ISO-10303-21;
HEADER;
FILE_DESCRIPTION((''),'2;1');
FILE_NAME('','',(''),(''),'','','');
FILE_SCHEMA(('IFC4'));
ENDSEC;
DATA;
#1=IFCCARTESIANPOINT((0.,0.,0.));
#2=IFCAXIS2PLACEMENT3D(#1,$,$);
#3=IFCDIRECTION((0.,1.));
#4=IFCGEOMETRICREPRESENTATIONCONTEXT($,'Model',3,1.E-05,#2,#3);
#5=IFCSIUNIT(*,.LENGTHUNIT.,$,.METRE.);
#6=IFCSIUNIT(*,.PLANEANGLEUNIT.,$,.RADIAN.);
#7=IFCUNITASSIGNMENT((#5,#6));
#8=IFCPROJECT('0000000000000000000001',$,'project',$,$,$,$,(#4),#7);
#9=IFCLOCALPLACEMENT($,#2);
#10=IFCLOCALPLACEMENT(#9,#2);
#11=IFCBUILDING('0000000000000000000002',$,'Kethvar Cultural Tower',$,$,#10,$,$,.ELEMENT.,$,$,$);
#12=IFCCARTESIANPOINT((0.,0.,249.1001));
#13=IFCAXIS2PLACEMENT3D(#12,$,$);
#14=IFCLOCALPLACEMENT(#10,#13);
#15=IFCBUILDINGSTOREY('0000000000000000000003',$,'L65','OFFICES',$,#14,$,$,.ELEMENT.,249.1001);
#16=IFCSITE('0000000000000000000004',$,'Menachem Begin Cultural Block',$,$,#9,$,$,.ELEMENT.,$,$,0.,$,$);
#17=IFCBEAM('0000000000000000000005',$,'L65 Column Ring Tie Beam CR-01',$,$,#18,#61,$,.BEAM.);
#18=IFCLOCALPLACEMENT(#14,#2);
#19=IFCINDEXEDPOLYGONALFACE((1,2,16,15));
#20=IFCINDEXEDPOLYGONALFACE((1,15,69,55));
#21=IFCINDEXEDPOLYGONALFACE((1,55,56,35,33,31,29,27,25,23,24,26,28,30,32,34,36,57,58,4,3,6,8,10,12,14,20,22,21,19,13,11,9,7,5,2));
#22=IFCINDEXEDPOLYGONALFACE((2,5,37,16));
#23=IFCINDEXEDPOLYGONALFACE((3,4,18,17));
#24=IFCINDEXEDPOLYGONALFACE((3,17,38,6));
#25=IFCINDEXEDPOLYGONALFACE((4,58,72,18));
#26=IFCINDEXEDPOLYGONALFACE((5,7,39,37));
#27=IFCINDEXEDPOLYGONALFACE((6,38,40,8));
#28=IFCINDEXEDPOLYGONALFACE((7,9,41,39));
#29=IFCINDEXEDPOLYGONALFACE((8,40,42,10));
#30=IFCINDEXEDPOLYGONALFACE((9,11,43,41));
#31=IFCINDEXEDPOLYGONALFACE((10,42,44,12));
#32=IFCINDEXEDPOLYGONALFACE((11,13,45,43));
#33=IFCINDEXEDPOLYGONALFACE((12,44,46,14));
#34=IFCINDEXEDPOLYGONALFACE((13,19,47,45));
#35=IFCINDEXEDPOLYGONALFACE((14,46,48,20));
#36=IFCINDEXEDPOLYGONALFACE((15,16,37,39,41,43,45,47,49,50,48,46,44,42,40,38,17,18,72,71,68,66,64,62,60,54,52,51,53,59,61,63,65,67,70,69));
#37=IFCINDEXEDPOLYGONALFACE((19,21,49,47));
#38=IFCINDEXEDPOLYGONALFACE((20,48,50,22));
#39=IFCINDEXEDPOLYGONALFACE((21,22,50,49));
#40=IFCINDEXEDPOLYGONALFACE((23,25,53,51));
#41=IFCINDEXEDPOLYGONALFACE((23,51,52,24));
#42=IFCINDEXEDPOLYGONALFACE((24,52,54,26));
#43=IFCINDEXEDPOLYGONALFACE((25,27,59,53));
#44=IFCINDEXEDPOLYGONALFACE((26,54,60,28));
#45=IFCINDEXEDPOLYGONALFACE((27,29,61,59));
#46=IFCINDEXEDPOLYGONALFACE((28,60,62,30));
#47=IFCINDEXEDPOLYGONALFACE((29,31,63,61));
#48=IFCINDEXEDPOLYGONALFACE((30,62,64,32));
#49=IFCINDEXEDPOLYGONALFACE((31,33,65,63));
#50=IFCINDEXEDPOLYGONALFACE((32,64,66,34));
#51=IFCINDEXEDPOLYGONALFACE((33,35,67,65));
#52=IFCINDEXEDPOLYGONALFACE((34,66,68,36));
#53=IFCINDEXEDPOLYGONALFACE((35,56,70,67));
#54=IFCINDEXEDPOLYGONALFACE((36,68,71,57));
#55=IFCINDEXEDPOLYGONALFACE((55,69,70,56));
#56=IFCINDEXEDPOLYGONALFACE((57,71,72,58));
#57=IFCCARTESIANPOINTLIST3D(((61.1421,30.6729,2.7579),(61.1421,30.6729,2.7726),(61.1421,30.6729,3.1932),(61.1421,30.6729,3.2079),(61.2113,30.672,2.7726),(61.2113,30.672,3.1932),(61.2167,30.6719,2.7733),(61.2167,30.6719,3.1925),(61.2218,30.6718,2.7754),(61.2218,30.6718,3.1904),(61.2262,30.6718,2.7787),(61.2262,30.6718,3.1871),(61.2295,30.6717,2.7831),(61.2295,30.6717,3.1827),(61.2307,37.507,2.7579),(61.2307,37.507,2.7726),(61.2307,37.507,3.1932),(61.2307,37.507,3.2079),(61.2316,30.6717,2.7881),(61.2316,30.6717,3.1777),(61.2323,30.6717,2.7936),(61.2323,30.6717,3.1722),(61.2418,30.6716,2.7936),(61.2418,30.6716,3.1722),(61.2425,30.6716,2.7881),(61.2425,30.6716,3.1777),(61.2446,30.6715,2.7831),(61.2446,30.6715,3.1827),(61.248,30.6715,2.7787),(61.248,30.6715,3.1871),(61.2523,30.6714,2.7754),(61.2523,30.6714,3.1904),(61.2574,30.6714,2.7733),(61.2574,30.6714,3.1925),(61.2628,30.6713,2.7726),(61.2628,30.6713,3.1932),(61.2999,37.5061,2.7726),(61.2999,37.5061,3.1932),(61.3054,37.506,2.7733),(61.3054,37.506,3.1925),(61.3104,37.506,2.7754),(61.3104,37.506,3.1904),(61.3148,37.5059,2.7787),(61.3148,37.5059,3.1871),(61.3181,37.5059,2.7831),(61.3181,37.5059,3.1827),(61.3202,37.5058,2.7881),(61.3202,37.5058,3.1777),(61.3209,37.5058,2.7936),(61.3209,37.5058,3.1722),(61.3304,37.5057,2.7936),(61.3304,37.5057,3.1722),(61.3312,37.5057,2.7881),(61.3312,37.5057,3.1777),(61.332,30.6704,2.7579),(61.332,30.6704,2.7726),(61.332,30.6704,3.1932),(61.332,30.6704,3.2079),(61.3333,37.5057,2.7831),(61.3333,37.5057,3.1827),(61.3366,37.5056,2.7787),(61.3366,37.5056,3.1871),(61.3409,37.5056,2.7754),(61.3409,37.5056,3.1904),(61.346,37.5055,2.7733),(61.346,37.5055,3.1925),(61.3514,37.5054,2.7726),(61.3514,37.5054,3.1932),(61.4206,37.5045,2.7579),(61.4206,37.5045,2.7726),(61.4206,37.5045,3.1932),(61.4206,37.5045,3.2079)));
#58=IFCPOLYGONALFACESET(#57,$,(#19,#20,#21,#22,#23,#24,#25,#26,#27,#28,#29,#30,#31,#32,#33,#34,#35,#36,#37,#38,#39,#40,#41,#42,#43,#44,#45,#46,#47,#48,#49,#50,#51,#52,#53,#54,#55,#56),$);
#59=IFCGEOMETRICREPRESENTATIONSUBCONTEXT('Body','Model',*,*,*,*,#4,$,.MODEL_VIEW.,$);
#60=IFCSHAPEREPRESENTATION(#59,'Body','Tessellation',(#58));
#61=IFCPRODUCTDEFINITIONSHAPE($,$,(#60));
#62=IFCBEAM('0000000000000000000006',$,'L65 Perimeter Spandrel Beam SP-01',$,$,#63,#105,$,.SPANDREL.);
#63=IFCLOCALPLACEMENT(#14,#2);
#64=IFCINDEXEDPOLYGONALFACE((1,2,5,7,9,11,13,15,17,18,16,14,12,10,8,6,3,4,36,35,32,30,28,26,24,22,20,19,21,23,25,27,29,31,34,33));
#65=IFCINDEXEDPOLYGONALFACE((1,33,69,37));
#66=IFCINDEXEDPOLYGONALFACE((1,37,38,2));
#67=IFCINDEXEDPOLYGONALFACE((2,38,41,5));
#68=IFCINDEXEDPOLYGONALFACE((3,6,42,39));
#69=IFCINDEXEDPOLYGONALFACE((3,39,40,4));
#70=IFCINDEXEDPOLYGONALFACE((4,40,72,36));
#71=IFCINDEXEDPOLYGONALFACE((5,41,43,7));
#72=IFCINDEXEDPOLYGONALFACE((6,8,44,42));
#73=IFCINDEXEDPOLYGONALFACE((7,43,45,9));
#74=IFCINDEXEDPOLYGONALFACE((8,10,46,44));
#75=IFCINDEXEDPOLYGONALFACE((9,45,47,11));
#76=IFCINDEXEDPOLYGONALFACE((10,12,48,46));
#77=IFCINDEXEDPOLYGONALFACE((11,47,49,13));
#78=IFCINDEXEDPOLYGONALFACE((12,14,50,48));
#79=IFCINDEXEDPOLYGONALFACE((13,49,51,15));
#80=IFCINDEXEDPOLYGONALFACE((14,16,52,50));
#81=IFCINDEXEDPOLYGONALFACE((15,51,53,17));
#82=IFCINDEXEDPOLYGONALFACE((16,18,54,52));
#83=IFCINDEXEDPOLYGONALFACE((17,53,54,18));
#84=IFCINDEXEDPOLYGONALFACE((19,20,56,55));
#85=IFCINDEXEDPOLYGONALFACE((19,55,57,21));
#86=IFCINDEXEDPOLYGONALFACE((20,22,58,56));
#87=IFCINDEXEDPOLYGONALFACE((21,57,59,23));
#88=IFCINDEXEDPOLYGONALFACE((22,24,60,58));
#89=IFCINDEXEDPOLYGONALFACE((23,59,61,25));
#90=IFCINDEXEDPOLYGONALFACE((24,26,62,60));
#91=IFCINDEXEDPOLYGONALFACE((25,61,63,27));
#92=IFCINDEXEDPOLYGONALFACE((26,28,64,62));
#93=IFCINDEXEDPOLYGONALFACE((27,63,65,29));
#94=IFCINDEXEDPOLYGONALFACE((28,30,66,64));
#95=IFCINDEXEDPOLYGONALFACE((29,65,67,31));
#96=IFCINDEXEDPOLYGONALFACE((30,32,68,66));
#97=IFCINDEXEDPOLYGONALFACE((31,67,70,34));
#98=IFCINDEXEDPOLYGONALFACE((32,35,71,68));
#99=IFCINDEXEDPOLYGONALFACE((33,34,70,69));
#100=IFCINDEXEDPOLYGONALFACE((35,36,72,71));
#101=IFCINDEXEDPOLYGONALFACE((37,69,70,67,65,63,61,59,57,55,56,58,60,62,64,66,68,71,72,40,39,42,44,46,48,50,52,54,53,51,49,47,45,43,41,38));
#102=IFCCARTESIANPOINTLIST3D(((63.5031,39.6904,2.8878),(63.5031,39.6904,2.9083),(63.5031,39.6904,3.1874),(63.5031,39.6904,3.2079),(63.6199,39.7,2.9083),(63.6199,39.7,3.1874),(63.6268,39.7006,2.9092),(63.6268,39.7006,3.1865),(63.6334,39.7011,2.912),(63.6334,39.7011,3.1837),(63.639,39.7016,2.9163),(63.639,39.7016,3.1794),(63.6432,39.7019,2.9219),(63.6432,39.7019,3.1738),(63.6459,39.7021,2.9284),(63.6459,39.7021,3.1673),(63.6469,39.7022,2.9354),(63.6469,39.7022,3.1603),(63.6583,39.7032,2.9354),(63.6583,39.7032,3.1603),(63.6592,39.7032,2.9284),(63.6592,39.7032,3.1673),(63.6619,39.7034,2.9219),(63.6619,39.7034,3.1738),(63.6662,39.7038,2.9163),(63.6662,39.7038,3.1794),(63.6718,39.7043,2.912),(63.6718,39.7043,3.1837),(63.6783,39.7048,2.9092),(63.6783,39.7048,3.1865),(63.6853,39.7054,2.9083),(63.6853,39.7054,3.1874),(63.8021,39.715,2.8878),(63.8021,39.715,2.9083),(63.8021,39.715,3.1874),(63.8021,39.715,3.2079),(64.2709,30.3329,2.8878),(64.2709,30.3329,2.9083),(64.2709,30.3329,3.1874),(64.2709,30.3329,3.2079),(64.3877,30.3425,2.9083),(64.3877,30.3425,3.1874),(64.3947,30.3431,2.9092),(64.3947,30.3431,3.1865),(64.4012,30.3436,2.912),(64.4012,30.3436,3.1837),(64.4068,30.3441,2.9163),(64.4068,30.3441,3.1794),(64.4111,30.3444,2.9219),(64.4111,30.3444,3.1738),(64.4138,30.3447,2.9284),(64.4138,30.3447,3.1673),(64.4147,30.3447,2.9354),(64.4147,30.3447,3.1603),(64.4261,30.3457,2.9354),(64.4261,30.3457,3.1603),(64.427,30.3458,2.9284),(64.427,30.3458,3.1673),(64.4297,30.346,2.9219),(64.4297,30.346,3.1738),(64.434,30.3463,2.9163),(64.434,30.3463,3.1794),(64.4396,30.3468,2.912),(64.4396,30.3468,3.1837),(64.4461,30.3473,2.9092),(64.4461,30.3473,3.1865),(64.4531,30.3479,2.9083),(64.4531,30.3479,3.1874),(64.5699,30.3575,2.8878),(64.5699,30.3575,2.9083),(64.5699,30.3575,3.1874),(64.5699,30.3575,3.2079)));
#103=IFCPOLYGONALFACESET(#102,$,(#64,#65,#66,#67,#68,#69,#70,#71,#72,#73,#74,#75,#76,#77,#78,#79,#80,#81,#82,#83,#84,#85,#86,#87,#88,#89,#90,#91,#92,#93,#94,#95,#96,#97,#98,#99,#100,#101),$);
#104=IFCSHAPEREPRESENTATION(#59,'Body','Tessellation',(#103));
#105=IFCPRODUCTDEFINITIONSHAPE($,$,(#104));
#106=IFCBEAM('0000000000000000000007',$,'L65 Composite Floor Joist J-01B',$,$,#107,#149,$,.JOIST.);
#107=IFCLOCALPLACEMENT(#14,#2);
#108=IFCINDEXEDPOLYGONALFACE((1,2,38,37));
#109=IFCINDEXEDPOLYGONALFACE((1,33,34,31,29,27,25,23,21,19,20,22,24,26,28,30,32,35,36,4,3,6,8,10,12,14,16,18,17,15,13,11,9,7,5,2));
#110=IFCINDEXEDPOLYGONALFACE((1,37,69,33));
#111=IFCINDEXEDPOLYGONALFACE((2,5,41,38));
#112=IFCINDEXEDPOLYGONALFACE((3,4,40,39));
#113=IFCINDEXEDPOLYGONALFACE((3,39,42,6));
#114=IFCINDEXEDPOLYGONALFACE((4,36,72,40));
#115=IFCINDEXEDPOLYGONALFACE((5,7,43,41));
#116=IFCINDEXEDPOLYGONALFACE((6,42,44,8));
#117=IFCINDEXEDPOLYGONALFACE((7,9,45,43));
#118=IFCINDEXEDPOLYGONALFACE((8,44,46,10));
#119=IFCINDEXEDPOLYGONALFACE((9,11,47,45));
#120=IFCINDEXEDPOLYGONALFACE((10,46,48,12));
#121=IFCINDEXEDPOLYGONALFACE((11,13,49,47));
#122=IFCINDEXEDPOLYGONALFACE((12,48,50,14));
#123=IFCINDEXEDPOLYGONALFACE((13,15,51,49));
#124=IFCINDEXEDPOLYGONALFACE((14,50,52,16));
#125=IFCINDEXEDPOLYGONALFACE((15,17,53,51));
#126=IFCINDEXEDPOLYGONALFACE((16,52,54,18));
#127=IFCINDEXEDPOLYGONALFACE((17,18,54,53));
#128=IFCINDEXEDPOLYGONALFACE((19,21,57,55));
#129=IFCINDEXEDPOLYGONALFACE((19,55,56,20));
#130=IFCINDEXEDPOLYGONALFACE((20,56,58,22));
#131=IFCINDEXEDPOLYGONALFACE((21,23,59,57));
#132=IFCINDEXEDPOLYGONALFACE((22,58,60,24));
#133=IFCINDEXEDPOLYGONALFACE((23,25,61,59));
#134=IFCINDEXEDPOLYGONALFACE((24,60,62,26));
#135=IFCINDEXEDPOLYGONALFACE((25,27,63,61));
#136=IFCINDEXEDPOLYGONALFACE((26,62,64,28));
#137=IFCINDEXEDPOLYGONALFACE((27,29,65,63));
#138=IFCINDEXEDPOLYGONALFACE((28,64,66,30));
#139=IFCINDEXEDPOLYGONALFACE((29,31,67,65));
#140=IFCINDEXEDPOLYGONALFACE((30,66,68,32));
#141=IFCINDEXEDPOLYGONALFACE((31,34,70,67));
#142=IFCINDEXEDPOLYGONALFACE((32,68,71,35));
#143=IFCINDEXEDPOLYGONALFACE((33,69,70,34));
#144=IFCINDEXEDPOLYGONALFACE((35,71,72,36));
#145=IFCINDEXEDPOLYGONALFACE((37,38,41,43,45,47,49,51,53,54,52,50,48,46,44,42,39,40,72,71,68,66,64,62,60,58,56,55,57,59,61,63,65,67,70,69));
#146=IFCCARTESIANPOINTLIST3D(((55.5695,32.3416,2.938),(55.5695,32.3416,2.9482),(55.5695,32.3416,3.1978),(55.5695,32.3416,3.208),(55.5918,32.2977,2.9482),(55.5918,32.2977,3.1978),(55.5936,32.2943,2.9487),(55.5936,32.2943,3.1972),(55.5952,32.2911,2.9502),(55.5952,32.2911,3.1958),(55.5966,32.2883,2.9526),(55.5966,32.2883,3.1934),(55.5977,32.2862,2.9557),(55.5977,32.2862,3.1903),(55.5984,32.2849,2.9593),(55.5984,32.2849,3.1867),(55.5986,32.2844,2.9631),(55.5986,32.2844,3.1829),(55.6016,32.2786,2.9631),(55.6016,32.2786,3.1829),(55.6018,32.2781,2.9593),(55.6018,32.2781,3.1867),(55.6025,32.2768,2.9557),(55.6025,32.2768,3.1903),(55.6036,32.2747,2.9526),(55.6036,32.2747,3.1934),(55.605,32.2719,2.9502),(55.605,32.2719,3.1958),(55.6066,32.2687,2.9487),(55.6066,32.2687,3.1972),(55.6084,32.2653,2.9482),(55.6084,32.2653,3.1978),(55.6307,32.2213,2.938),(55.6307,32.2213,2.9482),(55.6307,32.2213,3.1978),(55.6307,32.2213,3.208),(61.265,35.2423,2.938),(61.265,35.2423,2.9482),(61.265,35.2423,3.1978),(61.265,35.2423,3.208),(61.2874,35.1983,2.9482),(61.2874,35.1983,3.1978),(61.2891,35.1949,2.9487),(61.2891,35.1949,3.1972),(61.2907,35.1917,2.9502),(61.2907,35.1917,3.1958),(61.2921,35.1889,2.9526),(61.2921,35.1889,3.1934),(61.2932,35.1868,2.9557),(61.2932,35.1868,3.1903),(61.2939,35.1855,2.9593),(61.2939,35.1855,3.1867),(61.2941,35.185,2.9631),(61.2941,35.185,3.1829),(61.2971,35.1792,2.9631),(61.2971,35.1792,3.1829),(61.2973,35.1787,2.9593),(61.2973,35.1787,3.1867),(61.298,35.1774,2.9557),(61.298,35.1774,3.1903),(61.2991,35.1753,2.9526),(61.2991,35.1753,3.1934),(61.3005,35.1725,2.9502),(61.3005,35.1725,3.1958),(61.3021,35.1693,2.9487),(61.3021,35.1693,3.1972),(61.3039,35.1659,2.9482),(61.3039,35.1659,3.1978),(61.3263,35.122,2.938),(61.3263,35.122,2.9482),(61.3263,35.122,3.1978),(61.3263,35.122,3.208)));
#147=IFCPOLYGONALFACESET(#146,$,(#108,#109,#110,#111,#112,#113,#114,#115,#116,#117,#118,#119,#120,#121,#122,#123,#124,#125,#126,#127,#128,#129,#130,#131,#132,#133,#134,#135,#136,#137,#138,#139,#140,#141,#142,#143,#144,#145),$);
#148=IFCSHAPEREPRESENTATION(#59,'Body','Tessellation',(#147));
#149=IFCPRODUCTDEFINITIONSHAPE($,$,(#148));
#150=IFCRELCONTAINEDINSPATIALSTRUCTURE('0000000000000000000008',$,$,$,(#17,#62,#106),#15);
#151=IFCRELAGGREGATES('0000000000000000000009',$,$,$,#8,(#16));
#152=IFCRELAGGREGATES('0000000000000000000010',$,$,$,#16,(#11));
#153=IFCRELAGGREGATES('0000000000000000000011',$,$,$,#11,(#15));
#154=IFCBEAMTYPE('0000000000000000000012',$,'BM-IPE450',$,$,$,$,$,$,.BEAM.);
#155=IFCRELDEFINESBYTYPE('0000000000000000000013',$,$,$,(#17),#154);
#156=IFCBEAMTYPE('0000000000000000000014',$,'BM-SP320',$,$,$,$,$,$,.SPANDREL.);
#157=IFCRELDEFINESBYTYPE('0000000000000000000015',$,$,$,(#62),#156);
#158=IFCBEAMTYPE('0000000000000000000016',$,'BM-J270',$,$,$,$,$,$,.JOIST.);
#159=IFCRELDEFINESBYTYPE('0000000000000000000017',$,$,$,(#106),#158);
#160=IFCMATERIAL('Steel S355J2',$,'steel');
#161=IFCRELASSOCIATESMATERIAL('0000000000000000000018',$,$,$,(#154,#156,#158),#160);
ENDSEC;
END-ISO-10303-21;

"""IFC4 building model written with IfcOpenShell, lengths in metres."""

from ifc_helpers import new_model, si_unit, direction, frame, origin, origin_2d, place, context, subcontext, project, spatial, i_section, extrude, source, transform, mapped, material, material_profile, profile_set, type_object, element, save


model = new_model("IFC4")

# Units and contexts
model_context = context("Model", 3, precision=1e-05, world=origin(), true_north=direction((0.0, 1.0)))
body_context = subcontext(model_context, "Body", "Model", "MODEL_VIEW")
ifc_project = project(units=[si_unit("LENGTHUNIT", "METRE"), si_unit("PLANEANGLEUNIT", "RADIAN")], contexts=[model_context])

# Site, building, storey
site_placement = place(None, origin())
site = spatial("IfcSite", under=ifc_project, at=site_placement, Name="Menachem Begin Cultural Block", CompositionType="ELEMENT", RefElevation=0.0)
building_placement = place(site_placement, origin())
building = spatial("IfcBuilding", under=site, at=building_placement, Name="Kethvar Cultural Tower", CompositionType="ELEMENT")
storey_placement = place(building_placement, frame((0.0, 0.0, 249.1001)))
storey = spatial("IfcBuildingStorey", under=building, at=storey_placement, Name="L65", Description="OFFICES", CompositionType="ELEMENT", Elevation=249.1001)

# Beams
ifc_material_1 = material(Name="Steel S355J2", Category="steel")
ifc_material_profile_1 = material_profile(ifc_material_1, i_section(OverallWidth=0.1899, OverallDepth=0.45, WebThickness=0.0095, FlangeThickness=0.0146, FilletRadius=0.021, at=origin_2d()), Name="Steel S355J2 — IPE450")
ifc_profile_set_1 = profile_set([ifc_material_profile_1], Name="Steel S355J2 — IPE450")
beam_type_1 = type_object("IfcBeamType", Name="BM-IPE450", PredefinedType="BEAM", material=ifc_profile_set_1)
shared_shape_1 = source(origin(), body_context, "Body", "SweptSolid", [
    extrude(i_section(OverallWidth=0.1899, OverallDepth=0.45, WebThickness=0.0095, FlangeThickness=0.0146, FilletRadius=0.021, at=origin_2d()), origin(), (0.0, 0.0, 1.0), 6.8347),
])
beam_1_placement = place(storey_placement, frame((61.2371, 30.6716, 2.9829), z_axis=(0.012966, 0.999916, 0.0), x_axis=(-0.999916, 0.012966, 0.0)))
element("IfcBeam", 1, at=beam_1_placement, inside=storey, type_object=beam_type_1, Name="L65 Column Ring Tie Beam CR-01", PredefinedType="BEAM", context=body_context, shape_type="MappedRepresentation", body=[
    mapped(shared_shape_1, transform((0.0, 0.0, 0.0), scale=1.0)),
])
ifc_material_profile_2 = material_profile(ifc_material_1, i_section(OverallWidth=0.3, OverallDepth=0.3201, WebThickness=0.0115, FlangeThickness=0.0205, FilletRadius=0.0271, at=origin_2d()), Name="Steel S355J2 — HEB320")
ifc_profile_set_2 = profile_set([ifc_material_profile_2], Name="Steel S355J2 — HEB320")
beam_type_2 = type_object("IfcBeamType", Name="BM-SP320", PredefinedType="SPANDREL", material=ifc_profile_set_2)
shared_shape_2 = source(origin(), body_context, "Body", "SweptSolid", [
    extrude(i_section(OverallWidth=0.3, OverallDepth=0.3201, WebThickness=0.0115, FlangeThickness=0.0205, FilletRadius=0.0271, at=origin_2d()), origin(), (0.0, 0.0, 1.0), 9.3889),
])
beam_2_placement = place(storey_placement, frame((64.4204, 30.3452, 3.0479), z_axis=(-0.08178, 0.99665, 0.0), x_axis=(-0.99665, -0.08178, 0.0)))
element("IfcBeam", 2, at=beam_2_placement, inside=storey, type_object=beam_type_2, Name="L65 Perimeter Spandrel Beam SP-01", PredefinedType="SPANDREL", context=body_context, shape_type="MappedRepresentation", body=[
    mapped(shared_shape_2, transform((0.0, 0.0, 0.0), scale=1.0)),
])
ifc_material_profile_3 = material_profile(ifc_material_1, i_section(OverallWidth=0.135, OverallDepth=0.27, WebThickness=0.0066, FlangeThickness=0.0103, FilletRadius=0.0149, at=origin_2d()), Name="Steel S355J2 — IPE270")
ifc_profile_set_3 = profile_set([ifc_material_profile_3], Name="Steel S355J2 — IPE270")
beam_type_3 = type_object("IfcBeamType", Name="BM-J270", PredefinedType="JOIST", material=ifc_profile_set_3)
shared_shape_3 = source(origin(), body_context, "Body", "SweptSolid", [
    extrude(i_section(OverallWidth=0.135, OverallDepth=0.27, WebThickness=0.0066, FlangeThickness=0.0103, FilletRadius=0.0149, at=origin_2d()), origin(), (0.0, 0.0, 1.0), 6.3916),
])
beam_3_placement = place(storey_placement, frame((55.6001, 32.2815, 3.073), z_axis=(0.891095, 0.453817, 0.0), x_axis=(-0.453817, 0.891095, 0.0)))
element("IfcBeam", 3, at=beam_3_placement, inside=storey, type_object=beam_type_3, Name="L65 Composite Floor Joist J-01B", PredefinedType="JOIST", context=body_context, shape_type="MappedRepresentation", body=[
    mapped(shared_shape_3, transform((0.0, 0.0, 0.0), scale=1.0)),
])

save(model, "model.ifc")
